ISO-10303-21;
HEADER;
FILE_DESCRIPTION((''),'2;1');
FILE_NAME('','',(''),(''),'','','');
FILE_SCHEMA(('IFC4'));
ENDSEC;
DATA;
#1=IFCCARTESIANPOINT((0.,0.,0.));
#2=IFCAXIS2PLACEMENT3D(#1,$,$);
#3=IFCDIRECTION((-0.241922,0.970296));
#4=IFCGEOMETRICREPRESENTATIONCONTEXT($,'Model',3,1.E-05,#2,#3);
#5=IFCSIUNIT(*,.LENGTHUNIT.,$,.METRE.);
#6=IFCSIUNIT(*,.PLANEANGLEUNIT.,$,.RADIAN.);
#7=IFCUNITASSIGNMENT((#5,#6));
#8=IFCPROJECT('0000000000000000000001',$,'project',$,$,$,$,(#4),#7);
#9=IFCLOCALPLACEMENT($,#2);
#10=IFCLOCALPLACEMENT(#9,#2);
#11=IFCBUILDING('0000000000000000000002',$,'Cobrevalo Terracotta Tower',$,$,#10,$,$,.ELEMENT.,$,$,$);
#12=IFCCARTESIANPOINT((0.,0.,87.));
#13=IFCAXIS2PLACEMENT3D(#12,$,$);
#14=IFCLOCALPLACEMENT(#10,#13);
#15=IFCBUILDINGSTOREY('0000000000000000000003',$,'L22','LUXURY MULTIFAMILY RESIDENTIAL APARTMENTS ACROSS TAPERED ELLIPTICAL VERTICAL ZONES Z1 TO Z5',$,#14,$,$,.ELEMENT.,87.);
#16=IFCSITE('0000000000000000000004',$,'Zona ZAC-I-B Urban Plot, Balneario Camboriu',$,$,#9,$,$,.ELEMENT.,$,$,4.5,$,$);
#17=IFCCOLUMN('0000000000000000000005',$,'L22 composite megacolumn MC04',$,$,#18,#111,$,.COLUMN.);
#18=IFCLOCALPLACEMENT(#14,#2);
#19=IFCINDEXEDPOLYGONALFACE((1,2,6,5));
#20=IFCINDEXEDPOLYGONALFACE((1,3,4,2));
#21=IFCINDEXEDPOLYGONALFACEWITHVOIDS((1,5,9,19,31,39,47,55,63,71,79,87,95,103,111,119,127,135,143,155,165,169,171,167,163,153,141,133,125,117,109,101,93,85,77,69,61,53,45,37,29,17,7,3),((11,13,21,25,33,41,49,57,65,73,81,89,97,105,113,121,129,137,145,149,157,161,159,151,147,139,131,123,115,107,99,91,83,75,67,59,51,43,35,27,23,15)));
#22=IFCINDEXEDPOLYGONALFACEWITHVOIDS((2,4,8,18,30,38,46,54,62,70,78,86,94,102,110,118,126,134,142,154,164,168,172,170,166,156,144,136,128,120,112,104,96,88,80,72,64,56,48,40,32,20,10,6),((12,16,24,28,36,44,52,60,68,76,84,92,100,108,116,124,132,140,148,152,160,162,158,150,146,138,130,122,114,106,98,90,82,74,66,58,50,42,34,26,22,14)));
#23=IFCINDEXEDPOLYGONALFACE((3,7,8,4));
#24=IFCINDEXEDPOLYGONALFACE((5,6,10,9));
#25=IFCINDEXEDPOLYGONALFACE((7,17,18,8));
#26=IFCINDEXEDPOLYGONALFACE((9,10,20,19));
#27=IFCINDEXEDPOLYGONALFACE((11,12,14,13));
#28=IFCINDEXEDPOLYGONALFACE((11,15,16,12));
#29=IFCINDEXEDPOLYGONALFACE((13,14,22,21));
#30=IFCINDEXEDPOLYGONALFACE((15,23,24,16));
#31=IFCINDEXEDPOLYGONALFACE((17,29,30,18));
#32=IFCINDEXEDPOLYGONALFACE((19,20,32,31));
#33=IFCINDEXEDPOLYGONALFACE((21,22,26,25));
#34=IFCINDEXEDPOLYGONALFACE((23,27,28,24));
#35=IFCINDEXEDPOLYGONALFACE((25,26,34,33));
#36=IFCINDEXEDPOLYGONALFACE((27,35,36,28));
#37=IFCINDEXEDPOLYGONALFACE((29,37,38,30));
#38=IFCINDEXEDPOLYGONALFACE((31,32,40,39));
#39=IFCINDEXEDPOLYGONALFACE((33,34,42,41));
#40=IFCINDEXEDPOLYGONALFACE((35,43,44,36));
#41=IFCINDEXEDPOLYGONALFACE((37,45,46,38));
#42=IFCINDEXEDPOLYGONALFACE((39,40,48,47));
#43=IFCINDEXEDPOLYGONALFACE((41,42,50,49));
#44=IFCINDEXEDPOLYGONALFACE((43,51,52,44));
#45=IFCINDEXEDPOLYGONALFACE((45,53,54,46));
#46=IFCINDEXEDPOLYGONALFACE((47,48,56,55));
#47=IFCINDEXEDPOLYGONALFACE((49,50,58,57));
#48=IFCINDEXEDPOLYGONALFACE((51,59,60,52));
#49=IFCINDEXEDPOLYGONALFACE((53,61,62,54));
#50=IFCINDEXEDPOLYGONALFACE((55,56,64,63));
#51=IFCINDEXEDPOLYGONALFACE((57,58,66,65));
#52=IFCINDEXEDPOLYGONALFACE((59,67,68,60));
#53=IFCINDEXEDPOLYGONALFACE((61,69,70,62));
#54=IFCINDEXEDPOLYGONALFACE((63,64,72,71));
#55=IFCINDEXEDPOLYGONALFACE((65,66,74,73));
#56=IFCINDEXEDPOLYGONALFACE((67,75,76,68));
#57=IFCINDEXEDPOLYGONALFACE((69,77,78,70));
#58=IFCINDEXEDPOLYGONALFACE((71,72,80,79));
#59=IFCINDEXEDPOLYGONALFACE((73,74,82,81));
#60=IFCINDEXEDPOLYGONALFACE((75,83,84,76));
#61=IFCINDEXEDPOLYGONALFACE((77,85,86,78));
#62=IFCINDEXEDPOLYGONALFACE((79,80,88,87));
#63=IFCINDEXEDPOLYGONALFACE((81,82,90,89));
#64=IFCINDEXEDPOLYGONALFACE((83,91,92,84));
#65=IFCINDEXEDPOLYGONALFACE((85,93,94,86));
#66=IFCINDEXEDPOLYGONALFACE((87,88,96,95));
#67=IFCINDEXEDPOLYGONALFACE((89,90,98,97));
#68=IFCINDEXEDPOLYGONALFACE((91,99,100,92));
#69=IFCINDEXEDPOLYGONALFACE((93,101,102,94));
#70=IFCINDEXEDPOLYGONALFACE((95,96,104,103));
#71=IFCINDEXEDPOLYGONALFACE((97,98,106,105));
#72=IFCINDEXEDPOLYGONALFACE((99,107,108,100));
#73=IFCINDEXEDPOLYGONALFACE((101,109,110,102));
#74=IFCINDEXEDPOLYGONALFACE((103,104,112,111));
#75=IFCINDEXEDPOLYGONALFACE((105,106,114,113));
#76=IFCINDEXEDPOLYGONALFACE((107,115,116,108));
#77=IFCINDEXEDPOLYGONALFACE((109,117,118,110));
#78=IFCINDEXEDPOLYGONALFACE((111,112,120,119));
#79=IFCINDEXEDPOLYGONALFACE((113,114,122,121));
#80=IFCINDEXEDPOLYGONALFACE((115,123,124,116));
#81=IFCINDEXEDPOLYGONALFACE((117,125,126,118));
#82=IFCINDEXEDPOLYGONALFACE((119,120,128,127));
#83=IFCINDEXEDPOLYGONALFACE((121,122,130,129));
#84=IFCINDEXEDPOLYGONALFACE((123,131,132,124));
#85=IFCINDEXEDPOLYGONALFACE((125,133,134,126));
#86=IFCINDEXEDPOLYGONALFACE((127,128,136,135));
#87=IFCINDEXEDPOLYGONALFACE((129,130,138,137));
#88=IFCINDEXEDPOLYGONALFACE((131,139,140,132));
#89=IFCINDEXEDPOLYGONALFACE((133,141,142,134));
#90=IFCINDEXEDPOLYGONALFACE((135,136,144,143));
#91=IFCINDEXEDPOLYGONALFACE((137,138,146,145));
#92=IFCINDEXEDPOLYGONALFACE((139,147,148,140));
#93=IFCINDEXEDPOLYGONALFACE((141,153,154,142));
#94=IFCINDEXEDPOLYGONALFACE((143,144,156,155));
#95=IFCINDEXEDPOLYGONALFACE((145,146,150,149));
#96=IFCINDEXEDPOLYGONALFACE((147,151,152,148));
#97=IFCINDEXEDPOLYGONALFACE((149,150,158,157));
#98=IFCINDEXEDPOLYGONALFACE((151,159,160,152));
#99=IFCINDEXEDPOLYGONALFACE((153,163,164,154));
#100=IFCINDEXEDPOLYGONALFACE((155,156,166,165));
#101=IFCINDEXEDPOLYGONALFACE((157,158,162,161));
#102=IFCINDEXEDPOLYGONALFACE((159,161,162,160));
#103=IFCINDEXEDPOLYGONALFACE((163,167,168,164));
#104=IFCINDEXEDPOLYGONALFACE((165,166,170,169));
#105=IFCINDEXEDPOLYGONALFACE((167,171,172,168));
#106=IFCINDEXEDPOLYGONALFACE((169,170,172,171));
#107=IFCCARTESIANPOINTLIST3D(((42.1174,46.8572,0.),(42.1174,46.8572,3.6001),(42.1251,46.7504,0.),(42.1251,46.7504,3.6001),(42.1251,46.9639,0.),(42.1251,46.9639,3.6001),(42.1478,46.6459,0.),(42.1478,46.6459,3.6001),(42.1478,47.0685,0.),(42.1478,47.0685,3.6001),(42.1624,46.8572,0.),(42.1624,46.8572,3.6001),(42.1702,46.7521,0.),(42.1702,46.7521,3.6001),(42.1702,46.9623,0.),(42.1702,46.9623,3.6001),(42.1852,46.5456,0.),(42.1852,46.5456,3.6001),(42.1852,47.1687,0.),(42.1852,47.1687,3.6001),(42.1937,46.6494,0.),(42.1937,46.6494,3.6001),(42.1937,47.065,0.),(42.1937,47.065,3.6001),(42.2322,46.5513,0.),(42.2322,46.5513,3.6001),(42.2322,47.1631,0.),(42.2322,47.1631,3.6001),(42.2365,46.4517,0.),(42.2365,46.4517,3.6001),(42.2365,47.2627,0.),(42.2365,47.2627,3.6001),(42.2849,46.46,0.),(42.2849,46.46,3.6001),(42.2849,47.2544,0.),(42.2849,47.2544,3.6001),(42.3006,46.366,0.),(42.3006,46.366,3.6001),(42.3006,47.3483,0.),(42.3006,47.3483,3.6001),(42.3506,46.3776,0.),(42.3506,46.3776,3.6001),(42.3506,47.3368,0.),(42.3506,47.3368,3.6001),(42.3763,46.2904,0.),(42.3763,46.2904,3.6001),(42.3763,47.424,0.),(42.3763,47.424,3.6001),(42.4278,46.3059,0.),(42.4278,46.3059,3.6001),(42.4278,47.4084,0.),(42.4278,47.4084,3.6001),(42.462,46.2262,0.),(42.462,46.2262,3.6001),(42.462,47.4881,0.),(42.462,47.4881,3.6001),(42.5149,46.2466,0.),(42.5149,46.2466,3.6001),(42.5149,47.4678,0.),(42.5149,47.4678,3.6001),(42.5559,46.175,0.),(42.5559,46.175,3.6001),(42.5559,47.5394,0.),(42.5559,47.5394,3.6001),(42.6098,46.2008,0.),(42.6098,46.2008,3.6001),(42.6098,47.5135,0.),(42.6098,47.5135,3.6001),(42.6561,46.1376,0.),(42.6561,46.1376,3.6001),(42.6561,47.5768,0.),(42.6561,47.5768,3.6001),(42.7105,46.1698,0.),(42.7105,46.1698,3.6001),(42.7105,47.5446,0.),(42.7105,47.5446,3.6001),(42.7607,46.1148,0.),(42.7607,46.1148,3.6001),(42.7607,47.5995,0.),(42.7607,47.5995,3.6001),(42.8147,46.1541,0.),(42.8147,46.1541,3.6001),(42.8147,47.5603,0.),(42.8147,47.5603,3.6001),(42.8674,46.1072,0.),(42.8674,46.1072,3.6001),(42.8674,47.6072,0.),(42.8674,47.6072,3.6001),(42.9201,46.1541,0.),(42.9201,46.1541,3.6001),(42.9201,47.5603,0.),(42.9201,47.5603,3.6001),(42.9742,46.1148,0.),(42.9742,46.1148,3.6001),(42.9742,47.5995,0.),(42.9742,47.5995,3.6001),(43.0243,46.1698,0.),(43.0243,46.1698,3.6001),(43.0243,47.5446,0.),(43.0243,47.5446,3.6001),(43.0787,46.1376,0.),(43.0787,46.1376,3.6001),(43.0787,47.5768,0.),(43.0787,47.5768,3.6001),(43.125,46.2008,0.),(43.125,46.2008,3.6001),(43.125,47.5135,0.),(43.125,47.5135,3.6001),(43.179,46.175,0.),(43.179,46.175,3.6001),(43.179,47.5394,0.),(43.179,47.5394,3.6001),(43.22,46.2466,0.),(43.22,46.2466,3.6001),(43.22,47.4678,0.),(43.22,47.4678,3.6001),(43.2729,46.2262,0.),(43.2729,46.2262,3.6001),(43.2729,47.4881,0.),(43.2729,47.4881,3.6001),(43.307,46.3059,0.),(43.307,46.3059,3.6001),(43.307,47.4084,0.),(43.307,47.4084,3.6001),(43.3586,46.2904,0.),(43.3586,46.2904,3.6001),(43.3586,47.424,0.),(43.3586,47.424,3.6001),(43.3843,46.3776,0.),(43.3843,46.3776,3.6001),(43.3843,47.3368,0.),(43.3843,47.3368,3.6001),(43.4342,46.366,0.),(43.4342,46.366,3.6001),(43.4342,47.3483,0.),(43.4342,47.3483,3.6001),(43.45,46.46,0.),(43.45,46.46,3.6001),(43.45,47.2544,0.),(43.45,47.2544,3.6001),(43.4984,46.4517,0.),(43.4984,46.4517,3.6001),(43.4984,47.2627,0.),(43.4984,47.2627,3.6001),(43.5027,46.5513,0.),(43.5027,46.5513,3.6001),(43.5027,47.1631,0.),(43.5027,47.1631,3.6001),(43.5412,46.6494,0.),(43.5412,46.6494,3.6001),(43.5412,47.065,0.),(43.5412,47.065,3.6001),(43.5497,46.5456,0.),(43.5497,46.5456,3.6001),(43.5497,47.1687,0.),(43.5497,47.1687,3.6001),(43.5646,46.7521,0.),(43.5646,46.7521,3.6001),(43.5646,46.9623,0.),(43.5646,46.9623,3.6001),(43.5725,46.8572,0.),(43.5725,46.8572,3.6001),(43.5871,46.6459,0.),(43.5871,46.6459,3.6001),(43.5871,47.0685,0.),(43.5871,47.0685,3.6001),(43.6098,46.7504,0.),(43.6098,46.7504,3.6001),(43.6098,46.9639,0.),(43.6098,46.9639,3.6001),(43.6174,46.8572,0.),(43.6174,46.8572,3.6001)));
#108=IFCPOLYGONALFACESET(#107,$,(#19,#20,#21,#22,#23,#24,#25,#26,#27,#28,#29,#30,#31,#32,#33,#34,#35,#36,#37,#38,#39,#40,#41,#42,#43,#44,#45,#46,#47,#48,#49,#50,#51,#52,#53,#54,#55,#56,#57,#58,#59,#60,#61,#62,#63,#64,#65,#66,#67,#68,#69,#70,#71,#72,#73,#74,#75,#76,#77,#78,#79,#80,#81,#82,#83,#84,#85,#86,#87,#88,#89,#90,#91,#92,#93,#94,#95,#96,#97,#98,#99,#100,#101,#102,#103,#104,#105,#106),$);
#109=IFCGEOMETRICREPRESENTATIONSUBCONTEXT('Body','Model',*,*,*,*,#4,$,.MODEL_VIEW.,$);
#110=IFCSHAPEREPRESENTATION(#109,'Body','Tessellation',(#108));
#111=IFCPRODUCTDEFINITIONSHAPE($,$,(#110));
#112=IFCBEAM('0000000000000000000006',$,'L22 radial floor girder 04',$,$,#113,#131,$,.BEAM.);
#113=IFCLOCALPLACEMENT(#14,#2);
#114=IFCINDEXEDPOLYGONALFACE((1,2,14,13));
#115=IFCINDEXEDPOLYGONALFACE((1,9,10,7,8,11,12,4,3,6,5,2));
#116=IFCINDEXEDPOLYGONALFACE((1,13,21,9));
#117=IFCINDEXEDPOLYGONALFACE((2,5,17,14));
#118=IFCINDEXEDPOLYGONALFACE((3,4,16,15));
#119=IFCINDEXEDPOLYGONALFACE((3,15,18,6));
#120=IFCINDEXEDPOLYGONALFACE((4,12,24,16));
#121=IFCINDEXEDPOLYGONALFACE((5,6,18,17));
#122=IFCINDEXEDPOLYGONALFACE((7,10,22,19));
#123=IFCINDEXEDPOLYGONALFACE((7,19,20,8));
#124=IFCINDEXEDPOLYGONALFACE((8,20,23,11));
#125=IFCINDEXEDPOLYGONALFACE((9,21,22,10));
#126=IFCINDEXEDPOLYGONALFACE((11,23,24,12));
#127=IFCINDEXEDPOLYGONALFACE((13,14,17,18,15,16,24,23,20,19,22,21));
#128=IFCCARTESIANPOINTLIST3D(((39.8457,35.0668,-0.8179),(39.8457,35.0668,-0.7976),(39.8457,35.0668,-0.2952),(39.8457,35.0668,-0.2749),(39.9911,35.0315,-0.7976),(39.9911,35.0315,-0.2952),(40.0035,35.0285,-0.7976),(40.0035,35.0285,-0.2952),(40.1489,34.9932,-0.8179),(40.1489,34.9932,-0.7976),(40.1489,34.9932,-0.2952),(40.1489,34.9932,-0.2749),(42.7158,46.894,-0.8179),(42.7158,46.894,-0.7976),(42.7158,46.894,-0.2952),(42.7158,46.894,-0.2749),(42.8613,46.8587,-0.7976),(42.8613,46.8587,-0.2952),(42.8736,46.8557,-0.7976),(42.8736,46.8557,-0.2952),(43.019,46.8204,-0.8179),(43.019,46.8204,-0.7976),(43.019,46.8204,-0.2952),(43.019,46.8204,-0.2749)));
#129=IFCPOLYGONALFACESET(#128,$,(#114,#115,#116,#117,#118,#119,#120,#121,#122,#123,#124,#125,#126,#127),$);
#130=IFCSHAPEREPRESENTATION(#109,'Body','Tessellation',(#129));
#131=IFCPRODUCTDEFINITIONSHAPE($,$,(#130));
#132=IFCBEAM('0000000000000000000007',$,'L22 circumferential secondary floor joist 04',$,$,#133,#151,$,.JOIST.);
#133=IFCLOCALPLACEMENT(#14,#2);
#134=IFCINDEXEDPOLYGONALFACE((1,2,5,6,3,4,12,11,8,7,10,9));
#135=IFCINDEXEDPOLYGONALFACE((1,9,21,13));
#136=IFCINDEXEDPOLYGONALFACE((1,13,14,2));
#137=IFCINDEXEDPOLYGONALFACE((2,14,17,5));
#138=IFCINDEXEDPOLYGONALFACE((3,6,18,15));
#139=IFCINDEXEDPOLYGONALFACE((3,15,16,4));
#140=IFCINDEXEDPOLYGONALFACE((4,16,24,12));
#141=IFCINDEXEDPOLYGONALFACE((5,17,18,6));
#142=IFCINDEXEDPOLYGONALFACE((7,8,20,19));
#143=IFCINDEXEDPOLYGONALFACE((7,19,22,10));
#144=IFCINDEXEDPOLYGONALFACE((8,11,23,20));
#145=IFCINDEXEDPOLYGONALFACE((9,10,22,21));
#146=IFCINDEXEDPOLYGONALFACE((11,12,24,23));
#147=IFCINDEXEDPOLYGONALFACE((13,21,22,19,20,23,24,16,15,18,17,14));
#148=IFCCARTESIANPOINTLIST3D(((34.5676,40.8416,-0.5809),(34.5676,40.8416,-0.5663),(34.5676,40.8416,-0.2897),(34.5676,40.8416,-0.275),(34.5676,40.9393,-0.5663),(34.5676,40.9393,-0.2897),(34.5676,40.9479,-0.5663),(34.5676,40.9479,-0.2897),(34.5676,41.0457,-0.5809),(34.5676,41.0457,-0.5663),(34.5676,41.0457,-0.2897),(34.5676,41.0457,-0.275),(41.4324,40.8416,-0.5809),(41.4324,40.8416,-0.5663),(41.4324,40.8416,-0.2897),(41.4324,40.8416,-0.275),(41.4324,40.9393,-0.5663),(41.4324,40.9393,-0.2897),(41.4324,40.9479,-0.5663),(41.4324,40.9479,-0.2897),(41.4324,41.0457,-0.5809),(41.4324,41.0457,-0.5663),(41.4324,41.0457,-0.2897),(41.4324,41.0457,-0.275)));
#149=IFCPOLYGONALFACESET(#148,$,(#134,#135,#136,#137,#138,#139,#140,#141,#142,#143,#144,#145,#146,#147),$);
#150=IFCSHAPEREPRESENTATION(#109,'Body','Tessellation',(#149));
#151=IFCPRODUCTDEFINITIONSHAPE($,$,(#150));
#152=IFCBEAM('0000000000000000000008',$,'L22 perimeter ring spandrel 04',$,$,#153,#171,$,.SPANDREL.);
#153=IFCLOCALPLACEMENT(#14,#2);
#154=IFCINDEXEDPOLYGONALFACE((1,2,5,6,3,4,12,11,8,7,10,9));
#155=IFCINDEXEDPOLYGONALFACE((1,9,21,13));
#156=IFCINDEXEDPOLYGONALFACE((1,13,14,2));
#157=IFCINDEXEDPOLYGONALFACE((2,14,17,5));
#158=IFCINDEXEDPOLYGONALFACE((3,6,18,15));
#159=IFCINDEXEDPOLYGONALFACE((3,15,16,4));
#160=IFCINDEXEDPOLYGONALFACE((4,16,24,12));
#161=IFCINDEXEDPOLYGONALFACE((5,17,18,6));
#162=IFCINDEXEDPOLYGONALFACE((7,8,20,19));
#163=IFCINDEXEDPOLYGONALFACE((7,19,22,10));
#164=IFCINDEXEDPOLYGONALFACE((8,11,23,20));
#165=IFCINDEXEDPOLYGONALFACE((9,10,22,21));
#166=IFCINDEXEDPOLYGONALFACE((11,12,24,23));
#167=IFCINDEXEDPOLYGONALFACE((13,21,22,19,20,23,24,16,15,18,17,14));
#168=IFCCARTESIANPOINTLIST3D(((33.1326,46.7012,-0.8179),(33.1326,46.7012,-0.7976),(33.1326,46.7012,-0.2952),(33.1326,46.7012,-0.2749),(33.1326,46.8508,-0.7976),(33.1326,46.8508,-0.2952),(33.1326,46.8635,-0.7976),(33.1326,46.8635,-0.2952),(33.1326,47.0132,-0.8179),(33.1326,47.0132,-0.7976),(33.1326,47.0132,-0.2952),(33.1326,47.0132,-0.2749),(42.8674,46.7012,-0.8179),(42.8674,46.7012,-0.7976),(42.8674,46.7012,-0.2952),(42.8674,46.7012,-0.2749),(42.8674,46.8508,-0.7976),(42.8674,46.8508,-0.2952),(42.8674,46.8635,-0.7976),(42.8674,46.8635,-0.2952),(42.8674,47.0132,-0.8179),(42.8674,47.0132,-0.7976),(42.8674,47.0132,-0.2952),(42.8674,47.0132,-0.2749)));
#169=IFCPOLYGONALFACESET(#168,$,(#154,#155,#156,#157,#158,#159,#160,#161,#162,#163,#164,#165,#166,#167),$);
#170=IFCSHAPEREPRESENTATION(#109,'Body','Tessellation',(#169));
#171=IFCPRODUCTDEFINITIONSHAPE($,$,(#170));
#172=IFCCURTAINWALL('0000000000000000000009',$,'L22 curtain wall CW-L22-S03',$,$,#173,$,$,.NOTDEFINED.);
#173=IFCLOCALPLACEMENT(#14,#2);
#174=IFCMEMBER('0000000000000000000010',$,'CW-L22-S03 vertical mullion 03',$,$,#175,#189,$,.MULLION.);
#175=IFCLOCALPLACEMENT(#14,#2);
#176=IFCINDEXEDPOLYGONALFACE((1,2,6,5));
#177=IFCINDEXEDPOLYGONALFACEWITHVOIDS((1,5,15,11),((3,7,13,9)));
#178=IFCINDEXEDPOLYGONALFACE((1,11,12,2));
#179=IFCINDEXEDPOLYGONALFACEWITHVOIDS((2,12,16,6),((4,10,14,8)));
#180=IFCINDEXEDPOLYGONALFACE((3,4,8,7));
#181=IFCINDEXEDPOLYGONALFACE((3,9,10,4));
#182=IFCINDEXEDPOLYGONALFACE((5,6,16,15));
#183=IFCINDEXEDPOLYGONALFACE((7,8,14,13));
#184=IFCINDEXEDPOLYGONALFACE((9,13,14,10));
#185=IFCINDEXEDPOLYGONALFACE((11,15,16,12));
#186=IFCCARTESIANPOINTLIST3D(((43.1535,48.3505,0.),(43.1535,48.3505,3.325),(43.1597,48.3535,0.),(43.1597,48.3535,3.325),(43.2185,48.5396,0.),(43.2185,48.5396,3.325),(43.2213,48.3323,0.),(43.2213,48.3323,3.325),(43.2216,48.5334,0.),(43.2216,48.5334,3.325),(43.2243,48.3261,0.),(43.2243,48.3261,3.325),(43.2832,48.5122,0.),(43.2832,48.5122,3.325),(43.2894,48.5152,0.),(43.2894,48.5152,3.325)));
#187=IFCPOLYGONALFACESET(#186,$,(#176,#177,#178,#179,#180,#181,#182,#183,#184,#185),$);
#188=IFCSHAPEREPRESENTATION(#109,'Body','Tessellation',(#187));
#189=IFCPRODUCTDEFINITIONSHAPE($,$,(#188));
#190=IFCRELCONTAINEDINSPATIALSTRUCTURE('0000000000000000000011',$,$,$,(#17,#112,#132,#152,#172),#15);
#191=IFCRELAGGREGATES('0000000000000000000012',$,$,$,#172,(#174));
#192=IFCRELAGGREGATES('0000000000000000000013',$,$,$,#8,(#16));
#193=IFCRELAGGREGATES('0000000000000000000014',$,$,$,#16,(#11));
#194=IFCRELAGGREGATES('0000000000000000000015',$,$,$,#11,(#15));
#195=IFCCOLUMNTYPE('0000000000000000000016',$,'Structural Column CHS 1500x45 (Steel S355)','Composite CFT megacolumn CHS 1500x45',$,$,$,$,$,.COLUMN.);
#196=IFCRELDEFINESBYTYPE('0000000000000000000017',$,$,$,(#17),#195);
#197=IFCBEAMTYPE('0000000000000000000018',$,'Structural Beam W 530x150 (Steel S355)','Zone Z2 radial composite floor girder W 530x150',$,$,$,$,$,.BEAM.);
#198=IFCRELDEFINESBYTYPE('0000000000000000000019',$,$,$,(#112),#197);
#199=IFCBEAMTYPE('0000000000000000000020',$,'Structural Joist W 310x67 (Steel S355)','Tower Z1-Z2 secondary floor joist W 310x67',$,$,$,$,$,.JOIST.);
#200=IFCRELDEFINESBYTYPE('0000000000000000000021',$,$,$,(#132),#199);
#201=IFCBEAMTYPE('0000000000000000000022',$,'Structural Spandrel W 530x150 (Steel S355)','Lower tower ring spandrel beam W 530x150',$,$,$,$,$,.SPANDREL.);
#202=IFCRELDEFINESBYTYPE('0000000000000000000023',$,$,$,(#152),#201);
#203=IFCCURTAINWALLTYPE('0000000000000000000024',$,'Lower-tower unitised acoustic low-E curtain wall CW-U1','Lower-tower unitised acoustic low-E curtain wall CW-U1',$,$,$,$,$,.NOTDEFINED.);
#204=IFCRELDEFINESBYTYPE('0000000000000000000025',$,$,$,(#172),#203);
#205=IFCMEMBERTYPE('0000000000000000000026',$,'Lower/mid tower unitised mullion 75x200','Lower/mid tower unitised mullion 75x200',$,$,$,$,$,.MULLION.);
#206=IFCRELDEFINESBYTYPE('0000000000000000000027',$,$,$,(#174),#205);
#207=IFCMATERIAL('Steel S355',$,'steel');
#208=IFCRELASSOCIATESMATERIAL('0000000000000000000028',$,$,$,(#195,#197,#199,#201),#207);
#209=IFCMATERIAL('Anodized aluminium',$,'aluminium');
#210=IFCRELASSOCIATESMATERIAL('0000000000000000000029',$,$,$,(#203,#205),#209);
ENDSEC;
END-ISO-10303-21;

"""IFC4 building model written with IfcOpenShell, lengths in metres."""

from ifc_helpers import new_model, si_unit, direction, frame, origin, origin_2d, place, context, subcontext, project, spatial, hollow_rectangle, hollow_circle, i_section, extrude, source, transform, mapped, material, material_profile, profile_set, type_object, element, aggregate, save


model = new_model("IFC4")

# Units and contexts
model_context = context("Model", 3, precision=1e-05, world=origin(), true_north=direction((-0.241922, 0.970296)))
body_context = subcontext(model_context, "Body", "Model", "MODEL_VIEW")
ifc_project = project(units=[si_unit("LENGTHUNIT", "METRE"), si_unit("PLANEANGLEUNIT", "RADIAN")], contexts=[model_context])

# Site, building, storey
site_placement = place(None, origin())
site = spatial("IfcSite", under=ifc_project, at=site_placement, Name="Zona ZAC-I-B Urban Plot, Balneario Camboriu", CompositionType="ELEMENT", RefElevation=4.5)
building_placement = place(site_placement, origin())
building = spatial("IfcBuilding", under=site, at=building_placement, Name="Cobrevalo Terracotta Tower", CompositionType="ELEMENT")
storey_placement = place(building_placement, frame((0.0, 0.0, 87.0)))
storey = spatial("IfcBuildingStorey", under=building, at=storey_placement, Name="L22", Description="LUXURY MULTIFAMILY RESIDENTIAL APARTMENTS ACROSS TAPERED ELLIPTICAL VERTICAL ZONES Z1 TO Z5", CompositionType="ELEMENT", Elevation=87.0)

# Column
ifc_material_1 = material(Name="Steel S355", Category="steel")
ifc_material_profile_1 = material_profile(ifc_material_1, hollow_circle(Radius=0.75, WallThickness=0.0449, at=origin_2d()), Name="CHS 1500x45")
ifc_profile_set_1 = profile_set([ifc_material_profile_1], Name="Steel S355")
column_type = type_object("IfcColumnType", Name="Structural Column CHS 1500x45 (Steel S355)", Description="Composite CFT megacolumn CHS 1500x45", PredefinedType="COLUMN", material=ifc_profile_set_1)
column_placement = place(storey_placement, frame((42.8674, 46.8572, 0.0), z_axis=(0.0, 0.0, 1.0), x_axis=(1.0, 0.0, 0.0)))
element("IfcColumn", 1, at=column_placement, inside=storey, type_object=column_type, Name="L22 composite megacolumn MC04", PredefinedType="COLUMN", context=body_context, shape_type="SweptSolid", body=[
    extrude(hollow_circle(Radius=0.75, WallThickness=0.0449, at=origin_2d()), origin(), (0.0, 0.0, 1.0), 3.6001),
])

# Beams
ifc_material_profile_2 = material_profile(ifc_material_1, i_section(OverallWidth=0.312, OverallDepth=0.543, WebThickness=0.0127, FlangeThickness=0.0203, at=origin_2d()), Name="W 530x150")
ifc_profile_set_2 = profile_set([ifc_material_profile_2], Name="Steel S355")
beam_type_1 = type_object("IfcBeamType", Name="Structural Beam W 530x150 (Steel S355)", Description="Zone Z2 radial composite floor girder W 530x150", PredefinedType="BEAM", material=ifc_profile_set_2)
beam_1_placement = place(storey_placement, frame((42.8674, 46.8572, -0.5464), z_axis=(-0.235827, -0.971795, 0.0), x_axis=(0.971795, -0.235827, 0.0)))
element("IfcBeam", 2, at=beam_1_placement, inside=storey, type_object=beam_type_1, Name="L22 radial floor girder 04", PredefinedType="BEAM", context=body_context, shape_type="SweptSolid", body=[
    extrude(i_section(OverallWidth=0.312, OverallDepth=0.543, WebThickness=0.0127, FlangeThickness=0.0203, at=origin_2d()), origin(), (0.0, 0.0, 1.0), 12.1704),
])
ifc_material_profile_3 = material_profile(ifc_material_1, i_section(OverallWidth=0.2041, OverallDepth=0.3059, WebThickness=0.0085, FlangeThickness=0.0146, at=origin_2d()), Name="W 310x67")
ifc_profile_set_3 = profile_set([ifc_material_profile_3], Name="Steel S355")
beam_type_2 = type_object("IfcBeamType", Name="Structural Joist W 310x67 (Steel S355)", Description="Tower Z1-Z2 secondary floor joist W 310x67", PredefinedType="JOIST", material=ifc_profile_set_3)
beam_2_placement = place(storey_placement, frame((41.4324, 40.9436, -0.428), z_axis=(-1.0, 0.0, 0.0), x_axis=(0.0, -1.0, 0.0)))
element("IfcBeam", 3, at=beam_2_placement, inside=storey, type_object=beam_type_2, Name="L22 circumferential secondary floor joist 04", PredefinedType="JOIST", context=body_context, shape_type="SweptSolid", body=[
    extrude(i_section(OverallWidth=0.2041, OverallDepth=0.3059, WebThickness=0.0085, FlangeThickness=0.0146, at=origin_2d()), origin(), (0.0, 0.0, 1.0), 6.8647),
])
ifc_material_profile_4 = material_profile(ifc_material_1, i_section(OverallWidth=0.312, OverallDepth=0.543, WebThickness=0.0127, FlangeThickness=0.0203, at=origin_2d()), Name="W 530x150")
ifc_profile_set_4 = profile_set([ifc_material_profile_4], Name="Steel S355")
beam_type_3 = type_object("IfcBeamType", Name="Structural Spandrel W 530x150 (Steel S355)", Description="Lower tower ring spandrel beam W 530x150", PredefinedType="SPANDREL", material=ifc_profile_set_4)
beam_3_placement = place(storey_placement, frame((42.8674, 46.8572, -0.5464), z_axis=(-1.0, 0.0, 0.0), x_axis=(0.0, -1.0, 0.0)))
element("IfcBeam", 4, at=beam_3_placement, inside=storey, type_object=beam_type_3, Name="L22 perimeter ring spandrel 04", PredefinedType="SPANDREL", context=body_context, shape_type="SweptSolid", body=[
    extrude(i_section(OverallWidth=0.312, OverallDepth=0.543, WebThickness=0.0127, FlangeThickness=0.0203, at=origin_2d()), origin(), (0.0, 0.0, 1.0), 9.7349),
])

# Curtain wall, member
ifc_material_2 = material(Name="Anodized aluminium", Category="aluminium")
curtain_wall_type = type_object("IfcCurtainWallType", Name="Lower-tower unitised acoustic low-E curtain wall CW-U1", Description="Lower-tower unitised acoustic low-E curtain wall CW-U1", PredefinedType="NOTDEFINED", material=ifc_material_2)
curtain_wall_1_placement = place(storey_placement, origin())
curtain_wall_1 = element("IfcCurtainWall", 5, at=curtain_wall_1_placement, inside=storey, type_object=curtain_wall_type, Name="L22 curtain wall CW-L22-S03", PredefinedType="NOTDEFINED")
ifc_material_profile_5 = material_profile(ifc_material_2, hollow_rectangle(XDim=0.075, YDim=0.2, WallThickness=0.0049, at=origin_2d()), Name="CWM 75x200")
ifc_profile_set_5 = profile_set([ifc_material_profile_5], Name="Anodized aluminium")
member_type_1 = type_object("IfcMemberType", Name="Lower/mid tower unitised mullion 75x200", Description="Lower/mid tower unitised mullion 75x200", PredefinedType="MULLION", material=ifc_profile_set_5)
shared_shape_1 = source(origin(), body_context, "Body", "SweptSolid", [
    extrude(hollow_rectangle(XDim=0.075, YDim=0.2, WallThickness=0.0049, at=origin_2d()), origin(), (0.0, 0.0, 1.0), 3.325),
])
member_1_placement = place(storey_placement, frame((43.2214, 48.4329, 0.0), z_axis=(0.0, 0.0, 1.0), x_axis=(-0.945598, 0.325337, 0.0)))
member_1 = element("IfcMember", 6, at=member_1_placement, type_object=member_type_1, Name="CW-L22-S03 vertical mullion 03", PredefinedType="MULLION", context=body_context, shape_type="MappedRepresentation", body=[
    mapped(shared_shape_1, transform((0.0, 0.0, 0.0), scale=1.0)),
])

aggregate(curtain_wall_1, [member_1])

save(model, "model.ifc")
